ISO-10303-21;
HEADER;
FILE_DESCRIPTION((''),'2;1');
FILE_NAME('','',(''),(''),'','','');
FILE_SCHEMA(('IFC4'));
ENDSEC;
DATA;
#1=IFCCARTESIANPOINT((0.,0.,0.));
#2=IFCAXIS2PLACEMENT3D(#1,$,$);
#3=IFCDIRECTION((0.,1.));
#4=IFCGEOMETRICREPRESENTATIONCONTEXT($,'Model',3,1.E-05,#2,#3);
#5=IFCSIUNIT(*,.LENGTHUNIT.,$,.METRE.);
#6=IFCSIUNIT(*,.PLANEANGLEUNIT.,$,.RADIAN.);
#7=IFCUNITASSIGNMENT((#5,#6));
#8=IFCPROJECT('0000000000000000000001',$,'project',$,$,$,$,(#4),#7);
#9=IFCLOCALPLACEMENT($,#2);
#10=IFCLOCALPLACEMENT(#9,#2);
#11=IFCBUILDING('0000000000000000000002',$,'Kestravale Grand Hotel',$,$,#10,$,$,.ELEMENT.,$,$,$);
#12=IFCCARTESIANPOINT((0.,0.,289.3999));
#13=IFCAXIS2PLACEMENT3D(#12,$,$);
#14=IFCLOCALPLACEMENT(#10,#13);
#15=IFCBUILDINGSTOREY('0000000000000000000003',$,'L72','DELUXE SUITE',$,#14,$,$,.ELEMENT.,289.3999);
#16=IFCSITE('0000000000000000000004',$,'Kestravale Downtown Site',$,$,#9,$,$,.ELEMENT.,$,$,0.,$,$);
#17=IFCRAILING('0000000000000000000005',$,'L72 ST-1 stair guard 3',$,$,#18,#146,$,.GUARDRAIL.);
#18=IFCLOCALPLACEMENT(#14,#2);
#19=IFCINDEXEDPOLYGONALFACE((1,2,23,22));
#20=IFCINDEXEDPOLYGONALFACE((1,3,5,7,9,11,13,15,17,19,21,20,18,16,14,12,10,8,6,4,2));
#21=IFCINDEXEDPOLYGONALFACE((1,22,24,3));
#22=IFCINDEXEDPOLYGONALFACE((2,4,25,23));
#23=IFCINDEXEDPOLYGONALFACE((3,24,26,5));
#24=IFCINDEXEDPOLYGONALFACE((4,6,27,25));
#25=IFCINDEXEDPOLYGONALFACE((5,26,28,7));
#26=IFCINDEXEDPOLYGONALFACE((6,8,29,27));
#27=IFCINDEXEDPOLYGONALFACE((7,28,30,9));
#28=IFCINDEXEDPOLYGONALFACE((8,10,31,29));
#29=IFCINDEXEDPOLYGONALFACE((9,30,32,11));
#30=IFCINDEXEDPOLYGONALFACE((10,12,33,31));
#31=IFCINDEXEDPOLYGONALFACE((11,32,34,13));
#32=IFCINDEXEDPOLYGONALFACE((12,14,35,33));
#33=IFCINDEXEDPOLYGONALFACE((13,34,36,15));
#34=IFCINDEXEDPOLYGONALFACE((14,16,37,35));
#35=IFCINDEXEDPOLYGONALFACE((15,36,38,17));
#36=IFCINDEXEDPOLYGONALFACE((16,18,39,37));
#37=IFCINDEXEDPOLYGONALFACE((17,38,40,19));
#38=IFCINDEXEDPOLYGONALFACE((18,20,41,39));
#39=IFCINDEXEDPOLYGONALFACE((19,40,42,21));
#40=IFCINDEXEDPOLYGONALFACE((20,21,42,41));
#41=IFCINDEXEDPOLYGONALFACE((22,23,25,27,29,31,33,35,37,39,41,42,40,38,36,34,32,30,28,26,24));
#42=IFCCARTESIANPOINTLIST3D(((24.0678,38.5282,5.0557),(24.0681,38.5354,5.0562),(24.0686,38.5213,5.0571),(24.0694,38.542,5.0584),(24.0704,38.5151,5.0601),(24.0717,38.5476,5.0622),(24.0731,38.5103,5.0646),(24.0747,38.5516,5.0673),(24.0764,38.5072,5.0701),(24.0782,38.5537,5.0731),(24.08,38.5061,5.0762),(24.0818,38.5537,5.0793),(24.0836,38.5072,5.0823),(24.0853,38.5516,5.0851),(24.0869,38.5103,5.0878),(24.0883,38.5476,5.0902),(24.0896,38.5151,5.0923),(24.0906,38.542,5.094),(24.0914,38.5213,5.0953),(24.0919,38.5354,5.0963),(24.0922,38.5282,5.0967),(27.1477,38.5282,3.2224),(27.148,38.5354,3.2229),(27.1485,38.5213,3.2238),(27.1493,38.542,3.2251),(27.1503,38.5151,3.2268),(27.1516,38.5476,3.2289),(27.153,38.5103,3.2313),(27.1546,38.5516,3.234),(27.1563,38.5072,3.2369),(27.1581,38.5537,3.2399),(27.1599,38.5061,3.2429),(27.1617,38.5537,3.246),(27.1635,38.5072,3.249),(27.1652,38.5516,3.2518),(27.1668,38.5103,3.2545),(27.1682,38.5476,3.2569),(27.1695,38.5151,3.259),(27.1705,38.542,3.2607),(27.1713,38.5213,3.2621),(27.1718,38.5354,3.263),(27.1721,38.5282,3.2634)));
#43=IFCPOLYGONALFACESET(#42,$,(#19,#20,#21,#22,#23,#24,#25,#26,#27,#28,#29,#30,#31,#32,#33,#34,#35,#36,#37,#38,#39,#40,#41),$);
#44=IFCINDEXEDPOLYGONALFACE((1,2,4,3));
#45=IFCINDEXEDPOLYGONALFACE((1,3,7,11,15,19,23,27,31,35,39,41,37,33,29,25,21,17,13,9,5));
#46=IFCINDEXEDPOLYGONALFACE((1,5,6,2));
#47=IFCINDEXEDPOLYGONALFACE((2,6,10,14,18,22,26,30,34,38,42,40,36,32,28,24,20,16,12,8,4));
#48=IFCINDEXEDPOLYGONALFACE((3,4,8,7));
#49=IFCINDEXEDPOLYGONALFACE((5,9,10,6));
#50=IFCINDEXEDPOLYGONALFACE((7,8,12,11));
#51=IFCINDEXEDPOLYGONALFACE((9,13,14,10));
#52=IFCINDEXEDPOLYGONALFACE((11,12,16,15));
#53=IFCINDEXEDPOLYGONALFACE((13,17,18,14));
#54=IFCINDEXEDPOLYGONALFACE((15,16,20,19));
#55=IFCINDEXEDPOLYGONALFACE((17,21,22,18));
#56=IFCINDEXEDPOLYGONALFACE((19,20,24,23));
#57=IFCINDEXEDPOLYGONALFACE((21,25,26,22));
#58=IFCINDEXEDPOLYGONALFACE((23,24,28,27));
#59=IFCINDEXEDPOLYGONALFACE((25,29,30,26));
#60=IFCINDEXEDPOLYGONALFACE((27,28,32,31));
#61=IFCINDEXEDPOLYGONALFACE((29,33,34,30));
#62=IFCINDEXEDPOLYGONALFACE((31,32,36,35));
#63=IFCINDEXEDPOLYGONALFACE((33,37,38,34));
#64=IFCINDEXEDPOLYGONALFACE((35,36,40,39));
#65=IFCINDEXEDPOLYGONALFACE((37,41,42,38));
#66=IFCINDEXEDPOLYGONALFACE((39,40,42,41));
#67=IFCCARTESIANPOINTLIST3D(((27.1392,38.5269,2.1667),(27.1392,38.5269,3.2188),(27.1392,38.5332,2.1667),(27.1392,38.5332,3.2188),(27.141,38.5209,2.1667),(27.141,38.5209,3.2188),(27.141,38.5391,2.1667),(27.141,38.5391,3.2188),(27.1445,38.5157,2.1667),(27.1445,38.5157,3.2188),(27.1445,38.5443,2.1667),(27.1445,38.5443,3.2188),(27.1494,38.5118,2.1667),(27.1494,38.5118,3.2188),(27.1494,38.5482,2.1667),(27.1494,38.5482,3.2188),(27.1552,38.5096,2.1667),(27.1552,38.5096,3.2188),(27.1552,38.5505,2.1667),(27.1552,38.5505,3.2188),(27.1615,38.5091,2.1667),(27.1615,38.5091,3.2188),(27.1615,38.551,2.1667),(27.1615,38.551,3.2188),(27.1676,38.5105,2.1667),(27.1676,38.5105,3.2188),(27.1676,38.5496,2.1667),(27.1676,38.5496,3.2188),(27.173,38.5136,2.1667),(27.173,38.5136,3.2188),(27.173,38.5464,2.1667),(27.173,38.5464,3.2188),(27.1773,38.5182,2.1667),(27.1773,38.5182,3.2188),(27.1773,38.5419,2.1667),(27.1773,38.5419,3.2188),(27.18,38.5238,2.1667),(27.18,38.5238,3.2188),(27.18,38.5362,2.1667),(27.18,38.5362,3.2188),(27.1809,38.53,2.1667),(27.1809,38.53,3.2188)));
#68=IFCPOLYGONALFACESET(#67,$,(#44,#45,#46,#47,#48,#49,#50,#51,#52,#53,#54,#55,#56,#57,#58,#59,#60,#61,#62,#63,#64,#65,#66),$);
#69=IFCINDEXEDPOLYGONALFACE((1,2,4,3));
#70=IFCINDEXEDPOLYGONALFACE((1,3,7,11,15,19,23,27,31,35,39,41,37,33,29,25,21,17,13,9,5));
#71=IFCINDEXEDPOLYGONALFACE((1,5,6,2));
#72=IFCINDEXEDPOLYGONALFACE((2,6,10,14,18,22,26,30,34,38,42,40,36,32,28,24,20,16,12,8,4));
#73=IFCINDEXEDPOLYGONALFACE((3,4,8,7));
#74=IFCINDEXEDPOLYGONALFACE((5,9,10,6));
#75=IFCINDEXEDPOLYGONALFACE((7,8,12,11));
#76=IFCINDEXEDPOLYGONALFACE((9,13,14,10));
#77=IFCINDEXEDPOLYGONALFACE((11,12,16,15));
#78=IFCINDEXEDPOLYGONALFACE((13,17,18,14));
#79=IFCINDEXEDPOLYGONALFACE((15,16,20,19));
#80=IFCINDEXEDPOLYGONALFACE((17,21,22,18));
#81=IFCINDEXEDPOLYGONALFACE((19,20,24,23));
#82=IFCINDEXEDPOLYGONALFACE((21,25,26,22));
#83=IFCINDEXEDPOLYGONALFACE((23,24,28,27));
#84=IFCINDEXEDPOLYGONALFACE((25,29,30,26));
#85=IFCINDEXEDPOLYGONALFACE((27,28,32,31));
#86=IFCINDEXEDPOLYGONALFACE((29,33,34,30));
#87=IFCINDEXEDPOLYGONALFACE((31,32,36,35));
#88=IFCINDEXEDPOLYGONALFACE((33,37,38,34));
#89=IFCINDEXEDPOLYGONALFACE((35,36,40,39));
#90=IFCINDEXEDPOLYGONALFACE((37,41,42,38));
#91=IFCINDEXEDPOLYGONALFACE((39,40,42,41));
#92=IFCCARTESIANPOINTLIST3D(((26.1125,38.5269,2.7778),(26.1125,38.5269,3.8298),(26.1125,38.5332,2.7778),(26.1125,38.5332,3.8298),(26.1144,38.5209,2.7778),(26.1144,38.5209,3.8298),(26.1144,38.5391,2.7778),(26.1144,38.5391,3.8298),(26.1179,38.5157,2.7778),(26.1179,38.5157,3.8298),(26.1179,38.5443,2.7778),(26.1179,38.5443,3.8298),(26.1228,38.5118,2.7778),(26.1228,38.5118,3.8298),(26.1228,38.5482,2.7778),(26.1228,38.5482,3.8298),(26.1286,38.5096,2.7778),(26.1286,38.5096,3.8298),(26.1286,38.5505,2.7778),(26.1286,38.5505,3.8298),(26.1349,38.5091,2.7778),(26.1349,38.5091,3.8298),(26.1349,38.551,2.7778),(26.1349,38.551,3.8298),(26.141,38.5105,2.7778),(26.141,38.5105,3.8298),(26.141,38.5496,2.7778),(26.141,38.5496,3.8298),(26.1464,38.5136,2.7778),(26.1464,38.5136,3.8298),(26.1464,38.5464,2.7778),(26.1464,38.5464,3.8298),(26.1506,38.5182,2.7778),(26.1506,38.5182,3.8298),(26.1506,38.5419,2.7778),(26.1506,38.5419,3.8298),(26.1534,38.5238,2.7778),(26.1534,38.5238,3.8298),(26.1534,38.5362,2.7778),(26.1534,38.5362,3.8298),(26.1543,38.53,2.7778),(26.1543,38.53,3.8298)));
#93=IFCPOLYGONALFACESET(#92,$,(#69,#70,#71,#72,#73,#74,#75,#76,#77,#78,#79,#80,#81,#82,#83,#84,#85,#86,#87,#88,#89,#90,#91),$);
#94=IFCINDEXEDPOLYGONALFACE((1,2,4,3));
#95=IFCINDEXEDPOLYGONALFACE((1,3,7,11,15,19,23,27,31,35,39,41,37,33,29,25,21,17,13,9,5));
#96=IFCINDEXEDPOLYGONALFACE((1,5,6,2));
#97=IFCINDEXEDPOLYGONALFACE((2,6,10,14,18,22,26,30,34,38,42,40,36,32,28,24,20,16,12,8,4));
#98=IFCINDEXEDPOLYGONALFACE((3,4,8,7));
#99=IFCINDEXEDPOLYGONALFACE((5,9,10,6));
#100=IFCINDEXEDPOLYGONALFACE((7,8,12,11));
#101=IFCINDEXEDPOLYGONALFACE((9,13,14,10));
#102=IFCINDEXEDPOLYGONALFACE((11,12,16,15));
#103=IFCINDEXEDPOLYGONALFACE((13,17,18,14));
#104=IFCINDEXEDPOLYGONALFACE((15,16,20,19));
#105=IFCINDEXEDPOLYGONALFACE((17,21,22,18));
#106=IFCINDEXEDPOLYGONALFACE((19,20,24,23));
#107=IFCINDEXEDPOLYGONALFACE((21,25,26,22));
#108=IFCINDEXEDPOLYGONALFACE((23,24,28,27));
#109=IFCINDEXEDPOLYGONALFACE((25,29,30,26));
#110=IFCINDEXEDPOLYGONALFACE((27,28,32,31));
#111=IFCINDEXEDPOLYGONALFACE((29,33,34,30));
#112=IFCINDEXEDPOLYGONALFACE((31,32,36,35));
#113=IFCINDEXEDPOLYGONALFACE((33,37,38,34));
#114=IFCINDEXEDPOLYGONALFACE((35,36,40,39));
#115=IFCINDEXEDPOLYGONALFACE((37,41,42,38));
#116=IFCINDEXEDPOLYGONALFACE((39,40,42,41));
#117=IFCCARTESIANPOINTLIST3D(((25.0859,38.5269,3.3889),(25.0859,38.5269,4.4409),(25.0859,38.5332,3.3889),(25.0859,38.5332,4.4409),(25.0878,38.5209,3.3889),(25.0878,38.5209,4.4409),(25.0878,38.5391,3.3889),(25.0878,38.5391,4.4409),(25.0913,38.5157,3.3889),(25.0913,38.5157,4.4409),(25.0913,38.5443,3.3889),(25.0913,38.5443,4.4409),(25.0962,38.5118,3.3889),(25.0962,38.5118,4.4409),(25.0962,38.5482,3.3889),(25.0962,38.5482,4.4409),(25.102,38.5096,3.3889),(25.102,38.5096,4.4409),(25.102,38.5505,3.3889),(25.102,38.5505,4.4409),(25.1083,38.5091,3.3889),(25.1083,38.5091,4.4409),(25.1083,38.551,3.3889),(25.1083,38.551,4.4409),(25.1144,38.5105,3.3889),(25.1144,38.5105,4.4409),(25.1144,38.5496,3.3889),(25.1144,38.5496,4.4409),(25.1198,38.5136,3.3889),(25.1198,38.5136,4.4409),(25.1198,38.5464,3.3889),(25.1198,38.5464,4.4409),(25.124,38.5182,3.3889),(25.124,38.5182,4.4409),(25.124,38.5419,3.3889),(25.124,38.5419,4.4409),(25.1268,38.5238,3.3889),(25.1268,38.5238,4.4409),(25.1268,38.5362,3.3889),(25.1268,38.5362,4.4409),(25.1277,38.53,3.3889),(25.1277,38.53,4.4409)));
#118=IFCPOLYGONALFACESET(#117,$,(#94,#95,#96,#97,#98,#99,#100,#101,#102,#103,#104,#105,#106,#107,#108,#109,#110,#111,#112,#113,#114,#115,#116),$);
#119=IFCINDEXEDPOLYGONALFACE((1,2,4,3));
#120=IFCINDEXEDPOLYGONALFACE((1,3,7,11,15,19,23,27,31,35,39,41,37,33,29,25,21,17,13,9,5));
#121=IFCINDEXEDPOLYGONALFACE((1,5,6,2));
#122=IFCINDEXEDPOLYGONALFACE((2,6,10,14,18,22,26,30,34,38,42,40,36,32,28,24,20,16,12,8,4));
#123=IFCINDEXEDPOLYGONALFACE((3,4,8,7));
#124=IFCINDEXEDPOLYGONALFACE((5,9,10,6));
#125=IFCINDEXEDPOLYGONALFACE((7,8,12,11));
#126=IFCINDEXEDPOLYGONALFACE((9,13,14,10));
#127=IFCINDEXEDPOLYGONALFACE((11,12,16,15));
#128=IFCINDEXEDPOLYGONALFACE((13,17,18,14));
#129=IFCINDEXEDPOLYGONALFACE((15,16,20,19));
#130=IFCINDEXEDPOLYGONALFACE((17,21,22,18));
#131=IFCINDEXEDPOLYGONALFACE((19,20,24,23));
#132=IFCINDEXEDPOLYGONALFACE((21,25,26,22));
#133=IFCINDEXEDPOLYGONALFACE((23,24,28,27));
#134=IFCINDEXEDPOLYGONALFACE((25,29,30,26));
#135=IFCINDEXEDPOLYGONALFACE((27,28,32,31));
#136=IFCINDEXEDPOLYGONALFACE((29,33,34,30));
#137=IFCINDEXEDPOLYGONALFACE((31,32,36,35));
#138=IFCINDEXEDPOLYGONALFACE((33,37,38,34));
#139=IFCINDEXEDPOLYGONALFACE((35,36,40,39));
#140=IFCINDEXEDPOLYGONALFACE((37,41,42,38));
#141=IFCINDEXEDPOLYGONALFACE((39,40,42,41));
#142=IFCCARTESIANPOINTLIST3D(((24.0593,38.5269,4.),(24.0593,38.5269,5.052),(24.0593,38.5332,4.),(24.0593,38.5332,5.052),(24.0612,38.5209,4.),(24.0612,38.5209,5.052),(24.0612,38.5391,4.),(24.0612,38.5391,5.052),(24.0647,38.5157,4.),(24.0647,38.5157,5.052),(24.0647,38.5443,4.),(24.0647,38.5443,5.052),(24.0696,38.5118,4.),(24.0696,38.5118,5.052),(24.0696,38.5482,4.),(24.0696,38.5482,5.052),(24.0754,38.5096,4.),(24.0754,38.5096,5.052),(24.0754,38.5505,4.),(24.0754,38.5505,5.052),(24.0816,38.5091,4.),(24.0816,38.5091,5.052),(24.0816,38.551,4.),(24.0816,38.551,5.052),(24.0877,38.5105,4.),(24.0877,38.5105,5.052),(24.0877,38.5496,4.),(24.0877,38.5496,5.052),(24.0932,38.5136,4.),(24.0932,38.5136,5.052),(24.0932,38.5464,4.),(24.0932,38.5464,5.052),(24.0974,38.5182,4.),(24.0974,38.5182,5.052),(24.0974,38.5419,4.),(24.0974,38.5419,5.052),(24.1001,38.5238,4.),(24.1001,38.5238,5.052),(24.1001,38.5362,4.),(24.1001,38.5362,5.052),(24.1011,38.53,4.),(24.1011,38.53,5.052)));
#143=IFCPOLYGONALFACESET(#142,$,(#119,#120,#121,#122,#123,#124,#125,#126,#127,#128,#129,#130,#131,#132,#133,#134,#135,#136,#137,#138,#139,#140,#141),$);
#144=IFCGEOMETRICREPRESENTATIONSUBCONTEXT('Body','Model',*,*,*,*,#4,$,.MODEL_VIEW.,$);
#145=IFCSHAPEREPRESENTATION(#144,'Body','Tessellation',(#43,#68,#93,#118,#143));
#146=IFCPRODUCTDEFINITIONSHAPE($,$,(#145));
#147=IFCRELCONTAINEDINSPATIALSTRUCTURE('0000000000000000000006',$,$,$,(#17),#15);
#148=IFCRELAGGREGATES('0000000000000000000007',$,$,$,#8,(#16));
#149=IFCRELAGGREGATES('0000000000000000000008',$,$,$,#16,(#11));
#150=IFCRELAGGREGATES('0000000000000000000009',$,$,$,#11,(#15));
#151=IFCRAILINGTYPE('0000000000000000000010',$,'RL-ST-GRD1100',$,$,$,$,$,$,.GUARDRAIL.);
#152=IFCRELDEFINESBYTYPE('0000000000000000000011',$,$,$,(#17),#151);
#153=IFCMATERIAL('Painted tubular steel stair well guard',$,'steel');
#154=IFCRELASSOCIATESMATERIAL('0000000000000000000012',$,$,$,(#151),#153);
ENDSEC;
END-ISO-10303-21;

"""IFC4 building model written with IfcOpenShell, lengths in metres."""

from ifc_helpers import new_model, si_unit, direction, frame, origin, origin_2d, place, context, subcontext, project, spatial, circle, extrude, material, type_object, element, save


model = new_model("IFC4")

# Units and contexts
model_context = context("Model", 3, precision=1e-05, world=origin(), true_north=direction((0.0, 1.0)))
body_context = subcontext(model_context, "Body", "Model", "MODEL_VIEW")
ifc_project = project(units=[si_unit("LENGTHUNIT", "METRE"), si_unit("PLANEANGLEUNIT", "RADIAN")], contexts=[model_context])

# Site, building, storey
site_placement = place(None, origin())
site = spatial("IfcSite", under=ifc_project, at=site_placement, Name="Kestravale Downtown Site", CompositionType="ELEMENT", RefElevation=0.0)
building_placement = place(site_placement, origin())
building = spatial("IfcBuilding", under=site, at=building_placement, Name="Kestravale Grand Hotel", CompositionType="ELEMENT")
storey_placement = place(building_placement, frame((0.0, 0.0, 289.3999)))
storey = spatial("IfcBuildingStorey", under=building, at=storey_placement, Name="L72", Description="DELUXE SUITE", CompositionType="ELEMENT", Elevation=289.3999)

# Railing
ifc_material_1 = material(Name="Painted tubular steel stair well guard", Category="steel")
railing_type_1 = type_object("IfcRailingType", Name="RL-ST-GRD1100", PredefinedType="GUARDRAIL", material=ifc_material_1)
railing_1_placement = place(storey_placement, frame((27.1599, 38.53, 2.1667)))
element("IfcRailing", 1, at=railing_1_placement, inside=storey, type_object=railing_type_1, Name="L72 ST-1 stair guard 3", PredefinedType="GUARDRAIL", context=body_context, shape_type="SweptSolid", body=[
    extrude(circle(Radius=0.0239, at=origin_2d()), frame((0.0, 0.0, 1.0762), z_axis=(-0.859291, 0.0, 0.511487), x_axis=(0.0, -1.0, 0.0)), (0.0, 0.0, 1.0), 3.5842),
    extrude(circle(Radius=0.021, at=origin_2d()), origin(), (0.0, 0.0, 1.0), 1.052),
    extrude(circle(Radius=0.021, at=origin_2d()), frame((-1.0266, 0.0, 0.6111)), (0.0, 0.0, 1.0), 1.052),
    extrude(circle(Radius=0.021, at=origin_2d()), frame((-2.0532, 0.0, 1.2222)), (0.0, 0.0, 1.0), 1.052),
    extrude(circle(Radius=0.021, at=origin_2d()), frame((-3.0798, 0.0, 1.8333)), (0.0, 0.0, 1.0), 1.052),
])

save(model, "model.ifc")
